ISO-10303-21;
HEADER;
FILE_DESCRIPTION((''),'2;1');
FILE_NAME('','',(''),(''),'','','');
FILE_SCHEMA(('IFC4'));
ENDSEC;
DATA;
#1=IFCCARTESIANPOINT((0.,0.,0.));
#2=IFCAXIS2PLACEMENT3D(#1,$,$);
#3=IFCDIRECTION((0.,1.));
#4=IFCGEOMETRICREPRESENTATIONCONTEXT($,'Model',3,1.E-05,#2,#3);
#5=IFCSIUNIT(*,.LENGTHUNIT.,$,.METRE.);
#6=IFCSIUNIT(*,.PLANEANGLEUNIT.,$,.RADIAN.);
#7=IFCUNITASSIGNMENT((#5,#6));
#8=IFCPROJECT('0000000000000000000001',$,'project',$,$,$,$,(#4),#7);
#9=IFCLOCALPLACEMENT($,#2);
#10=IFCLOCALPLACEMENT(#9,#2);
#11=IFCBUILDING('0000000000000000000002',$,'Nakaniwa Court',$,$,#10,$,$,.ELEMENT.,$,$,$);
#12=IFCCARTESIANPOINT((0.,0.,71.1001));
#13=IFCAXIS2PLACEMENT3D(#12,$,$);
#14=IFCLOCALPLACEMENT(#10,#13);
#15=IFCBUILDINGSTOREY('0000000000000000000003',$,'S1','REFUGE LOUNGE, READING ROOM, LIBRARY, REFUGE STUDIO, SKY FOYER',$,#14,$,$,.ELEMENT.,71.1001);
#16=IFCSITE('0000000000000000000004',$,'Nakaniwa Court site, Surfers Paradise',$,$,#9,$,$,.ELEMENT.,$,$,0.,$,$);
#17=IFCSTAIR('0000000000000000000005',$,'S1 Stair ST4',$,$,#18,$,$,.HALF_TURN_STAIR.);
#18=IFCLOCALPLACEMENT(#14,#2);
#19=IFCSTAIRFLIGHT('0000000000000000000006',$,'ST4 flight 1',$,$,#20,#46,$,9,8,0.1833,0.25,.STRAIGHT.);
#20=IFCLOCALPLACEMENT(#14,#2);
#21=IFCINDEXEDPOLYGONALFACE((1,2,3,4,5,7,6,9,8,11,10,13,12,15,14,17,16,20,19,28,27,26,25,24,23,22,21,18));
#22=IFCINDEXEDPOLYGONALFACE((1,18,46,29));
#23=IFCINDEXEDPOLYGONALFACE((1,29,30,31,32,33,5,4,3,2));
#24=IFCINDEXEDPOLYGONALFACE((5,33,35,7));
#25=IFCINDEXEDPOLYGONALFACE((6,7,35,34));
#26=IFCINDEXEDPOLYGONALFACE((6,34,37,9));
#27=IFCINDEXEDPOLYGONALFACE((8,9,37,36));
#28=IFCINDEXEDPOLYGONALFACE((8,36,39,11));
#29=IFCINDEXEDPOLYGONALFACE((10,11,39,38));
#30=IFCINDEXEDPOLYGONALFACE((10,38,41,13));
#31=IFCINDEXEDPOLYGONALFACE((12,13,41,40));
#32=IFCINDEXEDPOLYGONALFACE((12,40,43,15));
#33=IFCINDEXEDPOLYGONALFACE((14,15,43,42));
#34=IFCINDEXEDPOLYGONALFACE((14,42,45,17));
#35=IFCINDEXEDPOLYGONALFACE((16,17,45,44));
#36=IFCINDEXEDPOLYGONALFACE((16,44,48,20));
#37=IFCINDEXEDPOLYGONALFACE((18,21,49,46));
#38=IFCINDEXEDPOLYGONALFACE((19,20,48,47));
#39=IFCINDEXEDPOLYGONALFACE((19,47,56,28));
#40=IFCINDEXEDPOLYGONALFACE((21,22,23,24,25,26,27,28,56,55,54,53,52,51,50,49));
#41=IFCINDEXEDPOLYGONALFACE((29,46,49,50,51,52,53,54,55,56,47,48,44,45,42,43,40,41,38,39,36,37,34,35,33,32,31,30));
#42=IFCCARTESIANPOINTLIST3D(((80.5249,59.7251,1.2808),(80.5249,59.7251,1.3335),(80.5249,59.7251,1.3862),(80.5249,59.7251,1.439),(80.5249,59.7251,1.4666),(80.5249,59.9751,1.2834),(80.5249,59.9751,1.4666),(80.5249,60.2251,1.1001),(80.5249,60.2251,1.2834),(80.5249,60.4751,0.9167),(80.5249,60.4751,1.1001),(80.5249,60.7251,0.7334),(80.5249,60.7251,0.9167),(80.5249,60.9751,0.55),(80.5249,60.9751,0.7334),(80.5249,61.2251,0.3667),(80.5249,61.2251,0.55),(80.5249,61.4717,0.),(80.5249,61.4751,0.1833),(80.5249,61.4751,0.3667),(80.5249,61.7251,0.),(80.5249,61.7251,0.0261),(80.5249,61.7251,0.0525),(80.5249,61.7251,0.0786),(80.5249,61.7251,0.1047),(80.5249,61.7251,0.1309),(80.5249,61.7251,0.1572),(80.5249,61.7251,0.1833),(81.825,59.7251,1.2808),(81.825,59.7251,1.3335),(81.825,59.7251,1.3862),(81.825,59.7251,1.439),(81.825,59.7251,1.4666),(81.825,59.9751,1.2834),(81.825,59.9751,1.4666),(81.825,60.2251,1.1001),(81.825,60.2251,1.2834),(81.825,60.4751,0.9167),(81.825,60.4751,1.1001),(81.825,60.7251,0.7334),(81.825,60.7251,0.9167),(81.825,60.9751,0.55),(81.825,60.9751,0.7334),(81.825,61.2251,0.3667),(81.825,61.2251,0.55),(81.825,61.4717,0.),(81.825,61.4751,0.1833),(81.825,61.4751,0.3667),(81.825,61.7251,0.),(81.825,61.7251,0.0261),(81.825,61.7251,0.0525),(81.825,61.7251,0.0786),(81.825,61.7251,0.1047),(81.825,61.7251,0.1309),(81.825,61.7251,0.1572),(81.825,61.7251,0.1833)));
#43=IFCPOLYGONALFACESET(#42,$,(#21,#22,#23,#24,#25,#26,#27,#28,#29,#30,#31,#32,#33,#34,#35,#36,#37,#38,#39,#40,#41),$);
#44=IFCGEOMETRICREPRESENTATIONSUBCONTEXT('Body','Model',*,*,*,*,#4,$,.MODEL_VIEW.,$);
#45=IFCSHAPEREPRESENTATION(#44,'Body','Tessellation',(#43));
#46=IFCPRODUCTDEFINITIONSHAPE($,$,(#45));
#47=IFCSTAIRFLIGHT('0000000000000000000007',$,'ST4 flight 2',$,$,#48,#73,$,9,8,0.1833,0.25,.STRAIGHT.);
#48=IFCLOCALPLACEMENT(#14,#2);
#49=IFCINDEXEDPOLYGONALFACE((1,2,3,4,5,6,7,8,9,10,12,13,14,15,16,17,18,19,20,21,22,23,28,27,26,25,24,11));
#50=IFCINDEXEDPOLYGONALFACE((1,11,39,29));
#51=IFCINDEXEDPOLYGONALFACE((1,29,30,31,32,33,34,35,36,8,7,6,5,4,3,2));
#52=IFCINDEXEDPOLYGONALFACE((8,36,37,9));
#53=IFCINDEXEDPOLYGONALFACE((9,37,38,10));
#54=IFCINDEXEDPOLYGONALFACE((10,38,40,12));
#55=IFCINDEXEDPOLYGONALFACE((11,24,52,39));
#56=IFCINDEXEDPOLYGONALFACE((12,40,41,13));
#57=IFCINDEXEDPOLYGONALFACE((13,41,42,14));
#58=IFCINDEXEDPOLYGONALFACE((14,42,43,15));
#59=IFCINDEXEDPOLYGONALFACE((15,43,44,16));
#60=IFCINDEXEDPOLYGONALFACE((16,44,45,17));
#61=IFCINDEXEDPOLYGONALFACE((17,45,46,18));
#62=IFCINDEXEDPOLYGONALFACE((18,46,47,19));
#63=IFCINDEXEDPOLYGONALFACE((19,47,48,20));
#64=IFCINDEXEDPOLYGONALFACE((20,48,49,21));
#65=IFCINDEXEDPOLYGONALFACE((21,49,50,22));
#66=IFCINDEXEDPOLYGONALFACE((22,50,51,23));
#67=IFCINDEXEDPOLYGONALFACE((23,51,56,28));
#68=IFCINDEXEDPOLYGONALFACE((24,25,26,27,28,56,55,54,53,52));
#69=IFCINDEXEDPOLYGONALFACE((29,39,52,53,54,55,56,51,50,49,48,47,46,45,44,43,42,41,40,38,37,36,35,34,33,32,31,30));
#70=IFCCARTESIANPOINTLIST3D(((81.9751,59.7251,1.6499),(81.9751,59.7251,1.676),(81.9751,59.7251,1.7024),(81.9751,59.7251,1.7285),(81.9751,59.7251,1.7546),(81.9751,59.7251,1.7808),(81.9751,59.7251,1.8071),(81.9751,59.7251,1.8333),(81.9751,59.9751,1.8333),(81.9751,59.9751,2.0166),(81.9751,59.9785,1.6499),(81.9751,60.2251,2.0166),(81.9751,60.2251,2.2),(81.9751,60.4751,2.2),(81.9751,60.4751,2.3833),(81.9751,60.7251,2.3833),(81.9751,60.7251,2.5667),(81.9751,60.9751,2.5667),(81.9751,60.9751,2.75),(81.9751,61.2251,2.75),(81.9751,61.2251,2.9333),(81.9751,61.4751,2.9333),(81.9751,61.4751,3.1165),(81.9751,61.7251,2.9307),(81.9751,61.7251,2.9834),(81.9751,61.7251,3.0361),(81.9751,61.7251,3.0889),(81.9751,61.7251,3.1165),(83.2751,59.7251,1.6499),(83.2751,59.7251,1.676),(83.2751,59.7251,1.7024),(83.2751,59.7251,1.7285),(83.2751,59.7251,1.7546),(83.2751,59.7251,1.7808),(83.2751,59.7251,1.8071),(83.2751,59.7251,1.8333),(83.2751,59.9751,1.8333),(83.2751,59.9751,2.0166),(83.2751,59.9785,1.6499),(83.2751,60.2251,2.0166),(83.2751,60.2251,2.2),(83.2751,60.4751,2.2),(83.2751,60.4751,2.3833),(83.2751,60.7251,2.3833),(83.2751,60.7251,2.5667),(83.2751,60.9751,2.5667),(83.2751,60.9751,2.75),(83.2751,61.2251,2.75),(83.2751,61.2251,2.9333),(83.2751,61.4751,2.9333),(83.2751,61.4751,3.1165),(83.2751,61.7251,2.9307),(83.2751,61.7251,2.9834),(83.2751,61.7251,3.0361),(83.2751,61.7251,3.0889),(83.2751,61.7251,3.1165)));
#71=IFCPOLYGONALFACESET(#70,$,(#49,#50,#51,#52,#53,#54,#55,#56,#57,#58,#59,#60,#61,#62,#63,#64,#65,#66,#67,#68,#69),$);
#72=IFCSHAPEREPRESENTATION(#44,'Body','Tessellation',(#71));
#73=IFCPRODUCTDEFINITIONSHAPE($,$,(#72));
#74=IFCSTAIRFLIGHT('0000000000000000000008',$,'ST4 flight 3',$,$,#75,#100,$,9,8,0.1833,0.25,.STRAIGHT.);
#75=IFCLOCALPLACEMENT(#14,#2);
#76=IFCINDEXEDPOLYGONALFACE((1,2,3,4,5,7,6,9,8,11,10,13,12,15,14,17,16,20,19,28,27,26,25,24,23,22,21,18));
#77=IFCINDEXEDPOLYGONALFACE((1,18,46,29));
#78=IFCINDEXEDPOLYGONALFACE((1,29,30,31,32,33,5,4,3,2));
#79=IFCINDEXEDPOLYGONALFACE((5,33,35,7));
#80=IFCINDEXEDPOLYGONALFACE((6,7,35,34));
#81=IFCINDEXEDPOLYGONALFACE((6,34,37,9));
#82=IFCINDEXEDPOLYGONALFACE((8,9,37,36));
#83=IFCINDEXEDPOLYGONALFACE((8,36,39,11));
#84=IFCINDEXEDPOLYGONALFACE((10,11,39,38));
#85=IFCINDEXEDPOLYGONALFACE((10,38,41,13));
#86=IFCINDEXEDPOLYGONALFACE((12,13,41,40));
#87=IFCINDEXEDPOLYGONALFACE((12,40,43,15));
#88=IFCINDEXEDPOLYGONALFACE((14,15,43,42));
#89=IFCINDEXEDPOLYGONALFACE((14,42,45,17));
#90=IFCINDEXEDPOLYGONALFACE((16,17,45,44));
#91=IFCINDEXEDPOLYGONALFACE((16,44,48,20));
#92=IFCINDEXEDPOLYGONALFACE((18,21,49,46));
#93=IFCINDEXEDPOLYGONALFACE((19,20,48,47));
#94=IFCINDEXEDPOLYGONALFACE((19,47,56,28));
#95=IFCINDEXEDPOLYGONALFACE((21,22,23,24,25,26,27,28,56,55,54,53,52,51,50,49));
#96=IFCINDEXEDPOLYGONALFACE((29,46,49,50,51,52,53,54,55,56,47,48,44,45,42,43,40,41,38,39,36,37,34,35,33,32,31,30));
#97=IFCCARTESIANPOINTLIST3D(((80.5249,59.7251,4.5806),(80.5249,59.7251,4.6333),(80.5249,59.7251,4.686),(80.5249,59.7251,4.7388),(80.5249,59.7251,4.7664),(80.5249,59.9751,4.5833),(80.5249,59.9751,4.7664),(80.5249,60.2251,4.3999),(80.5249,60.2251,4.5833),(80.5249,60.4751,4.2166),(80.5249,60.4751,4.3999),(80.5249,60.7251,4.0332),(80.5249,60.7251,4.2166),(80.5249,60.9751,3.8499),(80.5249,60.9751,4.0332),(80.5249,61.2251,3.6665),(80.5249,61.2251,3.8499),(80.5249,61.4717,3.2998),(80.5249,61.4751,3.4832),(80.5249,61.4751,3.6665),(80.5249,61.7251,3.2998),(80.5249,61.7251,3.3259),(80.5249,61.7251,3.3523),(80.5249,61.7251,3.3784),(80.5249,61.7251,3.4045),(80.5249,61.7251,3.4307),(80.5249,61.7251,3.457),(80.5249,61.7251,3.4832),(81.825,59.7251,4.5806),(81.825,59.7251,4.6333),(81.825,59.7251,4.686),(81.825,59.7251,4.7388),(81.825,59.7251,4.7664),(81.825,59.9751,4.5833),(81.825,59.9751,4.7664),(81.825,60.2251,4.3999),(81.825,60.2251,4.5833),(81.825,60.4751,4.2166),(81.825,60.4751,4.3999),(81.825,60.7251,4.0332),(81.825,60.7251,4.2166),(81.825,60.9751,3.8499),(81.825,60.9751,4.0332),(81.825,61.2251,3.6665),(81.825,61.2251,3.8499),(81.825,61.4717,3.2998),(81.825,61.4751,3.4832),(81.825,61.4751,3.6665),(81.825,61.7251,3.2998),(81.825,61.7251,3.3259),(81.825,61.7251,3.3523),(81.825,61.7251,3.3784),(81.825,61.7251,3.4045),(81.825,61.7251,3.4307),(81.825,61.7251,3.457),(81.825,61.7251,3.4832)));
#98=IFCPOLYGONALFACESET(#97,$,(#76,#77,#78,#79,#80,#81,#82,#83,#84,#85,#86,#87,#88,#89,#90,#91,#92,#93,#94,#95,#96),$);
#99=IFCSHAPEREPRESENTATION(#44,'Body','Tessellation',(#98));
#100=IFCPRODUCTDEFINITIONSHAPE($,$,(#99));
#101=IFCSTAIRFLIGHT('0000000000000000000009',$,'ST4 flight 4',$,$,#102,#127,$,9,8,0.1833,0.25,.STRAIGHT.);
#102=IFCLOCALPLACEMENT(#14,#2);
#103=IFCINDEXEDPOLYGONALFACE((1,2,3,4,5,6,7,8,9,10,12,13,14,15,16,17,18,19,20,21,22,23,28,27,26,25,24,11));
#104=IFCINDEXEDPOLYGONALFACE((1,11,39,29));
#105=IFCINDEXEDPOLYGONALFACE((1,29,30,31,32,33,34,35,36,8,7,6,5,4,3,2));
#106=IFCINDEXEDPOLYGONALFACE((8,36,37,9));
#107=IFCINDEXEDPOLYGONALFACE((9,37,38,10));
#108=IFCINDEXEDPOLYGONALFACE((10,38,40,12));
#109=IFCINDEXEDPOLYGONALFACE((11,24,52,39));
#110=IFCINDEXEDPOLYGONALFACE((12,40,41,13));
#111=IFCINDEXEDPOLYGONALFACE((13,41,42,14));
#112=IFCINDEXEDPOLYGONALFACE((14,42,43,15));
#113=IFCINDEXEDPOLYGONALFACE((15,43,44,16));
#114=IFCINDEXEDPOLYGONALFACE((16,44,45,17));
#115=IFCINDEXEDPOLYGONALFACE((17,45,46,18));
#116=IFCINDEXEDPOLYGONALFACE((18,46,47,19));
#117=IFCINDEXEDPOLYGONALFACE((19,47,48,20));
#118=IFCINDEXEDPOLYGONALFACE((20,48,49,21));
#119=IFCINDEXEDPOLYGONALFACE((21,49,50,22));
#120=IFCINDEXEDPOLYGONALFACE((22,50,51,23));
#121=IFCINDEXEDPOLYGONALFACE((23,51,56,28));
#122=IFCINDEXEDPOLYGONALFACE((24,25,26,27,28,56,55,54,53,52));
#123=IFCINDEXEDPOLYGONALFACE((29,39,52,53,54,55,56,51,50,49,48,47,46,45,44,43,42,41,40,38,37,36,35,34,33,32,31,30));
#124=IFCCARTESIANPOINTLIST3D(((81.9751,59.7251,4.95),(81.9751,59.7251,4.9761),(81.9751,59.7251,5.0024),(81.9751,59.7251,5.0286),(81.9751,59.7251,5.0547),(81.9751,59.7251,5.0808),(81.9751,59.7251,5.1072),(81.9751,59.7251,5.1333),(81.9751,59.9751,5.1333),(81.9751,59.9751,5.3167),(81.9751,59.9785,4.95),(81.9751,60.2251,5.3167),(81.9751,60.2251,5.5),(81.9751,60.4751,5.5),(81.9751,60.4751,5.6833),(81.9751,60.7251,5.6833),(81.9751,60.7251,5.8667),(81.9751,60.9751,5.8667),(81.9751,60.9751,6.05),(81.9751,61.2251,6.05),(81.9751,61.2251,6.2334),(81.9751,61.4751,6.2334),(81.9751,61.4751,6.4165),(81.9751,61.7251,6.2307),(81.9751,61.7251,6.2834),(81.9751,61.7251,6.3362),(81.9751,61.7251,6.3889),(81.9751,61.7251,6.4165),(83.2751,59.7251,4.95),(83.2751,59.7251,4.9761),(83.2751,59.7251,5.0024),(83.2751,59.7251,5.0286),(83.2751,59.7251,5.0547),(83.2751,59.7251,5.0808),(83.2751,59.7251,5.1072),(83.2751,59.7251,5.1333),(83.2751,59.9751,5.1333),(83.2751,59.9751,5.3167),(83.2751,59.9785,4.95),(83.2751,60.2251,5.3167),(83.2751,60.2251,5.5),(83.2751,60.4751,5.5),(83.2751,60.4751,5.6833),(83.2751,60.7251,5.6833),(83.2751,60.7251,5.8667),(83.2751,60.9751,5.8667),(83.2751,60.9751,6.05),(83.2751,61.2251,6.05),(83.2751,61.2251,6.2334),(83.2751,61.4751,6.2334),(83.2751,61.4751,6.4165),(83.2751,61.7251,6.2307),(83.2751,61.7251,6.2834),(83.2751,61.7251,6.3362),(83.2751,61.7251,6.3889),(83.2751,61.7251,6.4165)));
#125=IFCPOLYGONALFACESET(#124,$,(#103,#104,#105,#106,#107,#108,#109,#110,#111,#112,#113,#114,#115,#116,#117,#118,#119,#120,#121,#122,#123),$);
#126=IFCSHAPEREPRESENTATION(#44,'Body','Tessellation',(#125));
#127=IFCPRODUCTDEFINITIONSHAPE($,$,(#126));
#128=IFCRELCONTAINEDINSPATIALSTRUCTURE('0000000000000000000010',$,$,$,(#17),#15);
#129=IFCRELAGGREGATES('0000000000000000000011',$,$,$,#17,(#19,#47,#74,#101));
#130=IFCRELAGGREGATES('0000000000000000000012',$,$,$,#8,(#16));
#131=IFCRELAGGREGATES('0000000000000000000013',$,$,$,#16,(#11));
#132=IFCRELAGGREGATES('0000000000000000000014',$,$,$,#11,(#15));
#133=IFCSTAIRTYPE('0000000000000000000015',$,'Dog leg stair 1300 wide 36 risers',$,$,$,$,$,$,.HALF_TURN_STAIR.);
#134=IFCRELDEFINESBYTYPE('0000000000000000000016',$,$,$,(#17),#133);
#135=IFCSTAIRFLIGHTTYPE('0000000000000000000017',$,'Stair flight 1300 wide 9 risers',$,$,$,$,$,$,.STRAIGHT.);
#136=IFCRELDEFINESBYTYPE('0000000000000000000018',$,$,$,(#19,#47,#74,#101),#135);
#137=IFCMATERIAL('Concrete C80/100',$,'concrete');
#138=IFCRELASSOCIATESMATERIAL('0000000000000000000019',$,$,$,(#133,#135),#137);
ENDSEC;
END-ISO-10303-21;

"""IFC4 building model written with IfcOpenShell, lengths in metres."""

from ifc_helpers import new_model, si_unit, direction, frame, origin, place, context, subcontext, project, spatial, polyline, outline, extrude, material, type_object, element, aggregate, save


model = new_model("IFC4")

# Units and contexts
model_context = context("Model", 3, precision=1e-05, world=origin(), true_north=direction((0.0, 1.0)))
body_context = subcontext(model_context, "Body", "Model", "MODEL_VIEW")
ifc_project = project(units=[si_unit("LENGTHUNIT", "METRE"), si_unit("PLANEANGLEUNIT", "RADIAN")], contexts=[model_context])

# Site, building, storey
site_placement = place(None, origin())
site = spatial("IfcSite", under=ifc_project, at=site_placement, Name="Nakaniwa Court site, Surfers Paradise", CompositionType="ELEMENT", RefElevation=0.0)
building_placement = place(site_placement, origin())
building = spatial("IfcBuilding", under=site, at=building_placement, Name="Nakaniwa Court", CompositionType="ELEMENT")
storey_placement = place(building_placement, frame((0.0, 0.0, 71.1001)))
storey = spatial("IfcBuildingStorey", under=building, at=storey_placement, Name="S1", Description="REFUGE LOUNGE, READING ROOM, LIBRARY, REFUGE STUDIO, SKY FOYER", CompositionType="ELEMENT", Elevation=71.1001)

# Shared definitions
ifc_material_1 = material(Name="Concrete C80/100", Category="concrete")

# Stair, stair flights
stair_type = type_object("IfcStairType", Name="Dog leg stair 1300 wide 36 risers", PredefinedType="HALF_TURN_STAIR", material=ifc_material_1)
stair_placement = place(storey_placement, origin())
stair = element("IfcStair", 1, at=stair_placement, inside=storey, type_object=stair_type, Name="S1 Stair ST4", PredefinedType="HALF_TURN_STAIR")
stair_flight_type = type_object("IfcStairFlightType", Name="Stair flight 1300 wide 9 risers", PredefinedType="STRAIGHT", material=ifc_material_1)
stair_flight_1_placement = place(storey_placement, frame((81.175, 61.7251, 0.0), z_axis=(0.0, 0.0, 1.0), x_axis=(0.0, -1.0, 0.0)))
stair_flight_1 = element("IfcStairFlight", 2, at=stair_flight_1_placement, type_object=stair_flight_type, Name="ST4 flight 1", NumberOfRisers=9, NumberOfTreads=8, PredefinedType="STRAIGHT", RiserHeight=0.1833, TreadLength=0.25, context=body_context, shape_type="SweptSolid", body=[
    extrude(outline(polyline([(0.0, 0.0), (0.0, 0.0261), (0.0, 0.0525), (0.0, 0.0786), (0.0, 0.1047), (0.0, 0.1309), (0.0, 0.1572), (0.0, 0.1833), (0.25, 0.1833), (0.25, 0.3667), (0.5, 0.3667), (0.5, 0.55), (0.75, 0.55), (0.75, 0.7334), (1.0, 0.7334), (1.0, 0.9167), (1.25, 0.9167), (1.25, 1.1001), (1.5, 1.1001), (1.5, 1.2834), (1.75, 1.2834), (1.75, 1.4666), (2.0, 1.4666), (2.0, 1.6499), (2.0, 1.5972), (2.0, 1.5444), (2.0, 1.4917), (2.0, 1.439), (2.0, 1.3862), (2.0, 1.3335), (2.0, 1.2808), (0.2534, 0.0), (0.0, 0.0)])), frame((0.0, 0.6499, 0.0), z_axis=(0.0, -1.0, 0.0), x_axis=(1.0, 0.0, 0.0)), (0.0, 0.0, 1.0), 1.3),
])
stair_flight_2_placement = place(storey_placement, frame((82.625, 59.7251, 1.6499), z_axis=(0.0, 0.0, 1.0), x_axis=(0.0, 1.0, 0.0)))
stair_flight_2 = element("IfcStairFlight", 3, at=stair_flight_2_placement, type_object=stair_flight_type, Name="ST4 flight 2", NumberOfRisers=9, NumberOfTreads=8, PredefinedType="STRAIGHT", RiserHeight=0.1833, TreadLength=0.25, context=body_context, shape_type="SweptSolid", body=[
    extrude(outline(polyline([(0.0, 0.0), (0.0, 0.0261), (0.0, 0.0525), (0.0, 0.0786), (0.0, 0.1047), (0.0, 0.1309), (0.0, 0.1572), (0.0, 0.1833), (0.25, 0.1833), (0.25, 0.3667), (0.5, 0.3667), (0.5, 0.55), (0.75, 0.55), (0.75, 0.7334), (1.0, 0.7334), (1.0, 0.9167), (1.25, 0.9167), (1.25, 1.1001), (1.5, 1.1001), (1.5, 1.2834), (1.75, 1.2834), (1.75, 1.4666), (2.0, 1.4666), (2.0, 1.6499), (2.0, 1.5972), (2.0, 1.5444), (2.0, 1.4917), (2.0, 1.439), (2.0, 1.3862), (2.0, 1.3335), (2.0, 1.2808), (0.2534, 0.0), (0.0, 0.0)])), frame((0.0, 0.6499, 0.0), z_axis=(0.0, -1.0, 0.0), x_axis=(1.0, 0.0, 0.0)), (0.0, 0.0, 1.0), 1.3),
])
stair_flight_3_placement = place(storey_placement, frame((81.175, 61.7251, 3.2998), z_axis=(0.0, 0.0, 1.0), x_axis=(0.0, -1.0, 0.0)))
stair_flight_3 = element("IfcStairFlight", 4, at=stair_flight_3_placement, type_object=stair_flight_type, Name="ST4 flight 3", NumberOfRisers=9, NumberOfTreads=8, PredefinedType="STRAIGHT", RiserHeight=0.1833, TreadLength=0.25, context=body_context, shape_type="SweptSolid", body=[
    extrude(outline(polyline([(0.0, 0.0), (0.0, 0.0261), (0.0, 0.0525), (0.0, 0.0786), (0.0, 0.1047), (0.0, 0.1309), (0.0, 0.1572), (0.0, 0.1833), (0.25, 0.1833), (0.25, 0.3667), (0.5, 0.3667), (0.5, 0.55), (0.75, 0.55), (0.75, 0.7334), (1.0, 0.7334), (1.0, 0.9167), (1.25, 0.9167), (1.25, 1.1001), (1.5, 1.1001), (1.5, 1.2834), (1.75, 1.2834), (1.75, 1.4666), (2.0, 1.4666), (2.0, 1.6499), (2.0, 1.5972), (2.0, 1.5444), (2.0, 1.4917), (2.0, 1.439), (2.0, 1.3862), (2.0, 1.3335), (2.0, 1.2808), (0.2534, 0.0), (0.0, 0.0)])), frame((0.0, 0.6499, 0.0), z_axis=(0.0, -1.0, 0.0), x_axis=(1.0, 0.0, 0.0)), (0.0, 0.0, 1.0), 1.3),
])
stair_flight_4_placement = place(storey_placement, frame((82.625, 59.7251, 4.95), z_axis=(0.0, 0.0, 1.0), x_axis=(0.0, 1.0, 0.0)))
stair_flight_4 = element("IfcStairFlight", 5, at=stair_flight_4_placement, type_object=stair_flight_type, Name="ST4 flight 4", NumberOfRisers=9, NumberOfTreads=8, PredefinedType="STRAIGHT", RiserHeight=0.1833, TreadLength=0.25, context=body_context, shape_type="SweptSolid", body=[
    extrude(outline(polyline([(0.0, 0.0), (0.0, 0.0261), (0.0, 0.0525), (0.0, 0.0786), (0.0, 0.1047), (0.0, 0.1309), (0.0, 0.1572), (0.0, 0.1833), (0.25, 0.1833), (0.25, 0.3667), (0.5, 0.3667), (0.5, 0.55), (0.75, 0.55), (0.75, 0.7334), (1.0, 0.7334), (1.0, 0.9167), (1.25, 0.9167), (1.25, 1.1001), (1.5, 1.1001), (1.5, 1.2834), (1.75, 1.2834), (1.75, 1.4666), (2.0, 1.4666), (2.0, 1.6499), (2.0, 1.5972), (2.0, 1.5444), (2.0, 1.4917), (2.0, 1.439), (2.0, 1.3862), (2.0, 1.3335), (2.0, 1.2808), (0.2534, 0.0), (0.0, 0.0)])), frame((0.0, 0.6499, 0.0), z_axis=(0.0, -1.0, 0.0), x_axis=(1.0, 0.0, 0.0)), (0.0, 0.0, 1.0), 1.3),
])
aggregate(stair, [stair_flight_1, stair_flight_2, stair_flight_3, stair_flight_4])

save(model, "model.ifc")
